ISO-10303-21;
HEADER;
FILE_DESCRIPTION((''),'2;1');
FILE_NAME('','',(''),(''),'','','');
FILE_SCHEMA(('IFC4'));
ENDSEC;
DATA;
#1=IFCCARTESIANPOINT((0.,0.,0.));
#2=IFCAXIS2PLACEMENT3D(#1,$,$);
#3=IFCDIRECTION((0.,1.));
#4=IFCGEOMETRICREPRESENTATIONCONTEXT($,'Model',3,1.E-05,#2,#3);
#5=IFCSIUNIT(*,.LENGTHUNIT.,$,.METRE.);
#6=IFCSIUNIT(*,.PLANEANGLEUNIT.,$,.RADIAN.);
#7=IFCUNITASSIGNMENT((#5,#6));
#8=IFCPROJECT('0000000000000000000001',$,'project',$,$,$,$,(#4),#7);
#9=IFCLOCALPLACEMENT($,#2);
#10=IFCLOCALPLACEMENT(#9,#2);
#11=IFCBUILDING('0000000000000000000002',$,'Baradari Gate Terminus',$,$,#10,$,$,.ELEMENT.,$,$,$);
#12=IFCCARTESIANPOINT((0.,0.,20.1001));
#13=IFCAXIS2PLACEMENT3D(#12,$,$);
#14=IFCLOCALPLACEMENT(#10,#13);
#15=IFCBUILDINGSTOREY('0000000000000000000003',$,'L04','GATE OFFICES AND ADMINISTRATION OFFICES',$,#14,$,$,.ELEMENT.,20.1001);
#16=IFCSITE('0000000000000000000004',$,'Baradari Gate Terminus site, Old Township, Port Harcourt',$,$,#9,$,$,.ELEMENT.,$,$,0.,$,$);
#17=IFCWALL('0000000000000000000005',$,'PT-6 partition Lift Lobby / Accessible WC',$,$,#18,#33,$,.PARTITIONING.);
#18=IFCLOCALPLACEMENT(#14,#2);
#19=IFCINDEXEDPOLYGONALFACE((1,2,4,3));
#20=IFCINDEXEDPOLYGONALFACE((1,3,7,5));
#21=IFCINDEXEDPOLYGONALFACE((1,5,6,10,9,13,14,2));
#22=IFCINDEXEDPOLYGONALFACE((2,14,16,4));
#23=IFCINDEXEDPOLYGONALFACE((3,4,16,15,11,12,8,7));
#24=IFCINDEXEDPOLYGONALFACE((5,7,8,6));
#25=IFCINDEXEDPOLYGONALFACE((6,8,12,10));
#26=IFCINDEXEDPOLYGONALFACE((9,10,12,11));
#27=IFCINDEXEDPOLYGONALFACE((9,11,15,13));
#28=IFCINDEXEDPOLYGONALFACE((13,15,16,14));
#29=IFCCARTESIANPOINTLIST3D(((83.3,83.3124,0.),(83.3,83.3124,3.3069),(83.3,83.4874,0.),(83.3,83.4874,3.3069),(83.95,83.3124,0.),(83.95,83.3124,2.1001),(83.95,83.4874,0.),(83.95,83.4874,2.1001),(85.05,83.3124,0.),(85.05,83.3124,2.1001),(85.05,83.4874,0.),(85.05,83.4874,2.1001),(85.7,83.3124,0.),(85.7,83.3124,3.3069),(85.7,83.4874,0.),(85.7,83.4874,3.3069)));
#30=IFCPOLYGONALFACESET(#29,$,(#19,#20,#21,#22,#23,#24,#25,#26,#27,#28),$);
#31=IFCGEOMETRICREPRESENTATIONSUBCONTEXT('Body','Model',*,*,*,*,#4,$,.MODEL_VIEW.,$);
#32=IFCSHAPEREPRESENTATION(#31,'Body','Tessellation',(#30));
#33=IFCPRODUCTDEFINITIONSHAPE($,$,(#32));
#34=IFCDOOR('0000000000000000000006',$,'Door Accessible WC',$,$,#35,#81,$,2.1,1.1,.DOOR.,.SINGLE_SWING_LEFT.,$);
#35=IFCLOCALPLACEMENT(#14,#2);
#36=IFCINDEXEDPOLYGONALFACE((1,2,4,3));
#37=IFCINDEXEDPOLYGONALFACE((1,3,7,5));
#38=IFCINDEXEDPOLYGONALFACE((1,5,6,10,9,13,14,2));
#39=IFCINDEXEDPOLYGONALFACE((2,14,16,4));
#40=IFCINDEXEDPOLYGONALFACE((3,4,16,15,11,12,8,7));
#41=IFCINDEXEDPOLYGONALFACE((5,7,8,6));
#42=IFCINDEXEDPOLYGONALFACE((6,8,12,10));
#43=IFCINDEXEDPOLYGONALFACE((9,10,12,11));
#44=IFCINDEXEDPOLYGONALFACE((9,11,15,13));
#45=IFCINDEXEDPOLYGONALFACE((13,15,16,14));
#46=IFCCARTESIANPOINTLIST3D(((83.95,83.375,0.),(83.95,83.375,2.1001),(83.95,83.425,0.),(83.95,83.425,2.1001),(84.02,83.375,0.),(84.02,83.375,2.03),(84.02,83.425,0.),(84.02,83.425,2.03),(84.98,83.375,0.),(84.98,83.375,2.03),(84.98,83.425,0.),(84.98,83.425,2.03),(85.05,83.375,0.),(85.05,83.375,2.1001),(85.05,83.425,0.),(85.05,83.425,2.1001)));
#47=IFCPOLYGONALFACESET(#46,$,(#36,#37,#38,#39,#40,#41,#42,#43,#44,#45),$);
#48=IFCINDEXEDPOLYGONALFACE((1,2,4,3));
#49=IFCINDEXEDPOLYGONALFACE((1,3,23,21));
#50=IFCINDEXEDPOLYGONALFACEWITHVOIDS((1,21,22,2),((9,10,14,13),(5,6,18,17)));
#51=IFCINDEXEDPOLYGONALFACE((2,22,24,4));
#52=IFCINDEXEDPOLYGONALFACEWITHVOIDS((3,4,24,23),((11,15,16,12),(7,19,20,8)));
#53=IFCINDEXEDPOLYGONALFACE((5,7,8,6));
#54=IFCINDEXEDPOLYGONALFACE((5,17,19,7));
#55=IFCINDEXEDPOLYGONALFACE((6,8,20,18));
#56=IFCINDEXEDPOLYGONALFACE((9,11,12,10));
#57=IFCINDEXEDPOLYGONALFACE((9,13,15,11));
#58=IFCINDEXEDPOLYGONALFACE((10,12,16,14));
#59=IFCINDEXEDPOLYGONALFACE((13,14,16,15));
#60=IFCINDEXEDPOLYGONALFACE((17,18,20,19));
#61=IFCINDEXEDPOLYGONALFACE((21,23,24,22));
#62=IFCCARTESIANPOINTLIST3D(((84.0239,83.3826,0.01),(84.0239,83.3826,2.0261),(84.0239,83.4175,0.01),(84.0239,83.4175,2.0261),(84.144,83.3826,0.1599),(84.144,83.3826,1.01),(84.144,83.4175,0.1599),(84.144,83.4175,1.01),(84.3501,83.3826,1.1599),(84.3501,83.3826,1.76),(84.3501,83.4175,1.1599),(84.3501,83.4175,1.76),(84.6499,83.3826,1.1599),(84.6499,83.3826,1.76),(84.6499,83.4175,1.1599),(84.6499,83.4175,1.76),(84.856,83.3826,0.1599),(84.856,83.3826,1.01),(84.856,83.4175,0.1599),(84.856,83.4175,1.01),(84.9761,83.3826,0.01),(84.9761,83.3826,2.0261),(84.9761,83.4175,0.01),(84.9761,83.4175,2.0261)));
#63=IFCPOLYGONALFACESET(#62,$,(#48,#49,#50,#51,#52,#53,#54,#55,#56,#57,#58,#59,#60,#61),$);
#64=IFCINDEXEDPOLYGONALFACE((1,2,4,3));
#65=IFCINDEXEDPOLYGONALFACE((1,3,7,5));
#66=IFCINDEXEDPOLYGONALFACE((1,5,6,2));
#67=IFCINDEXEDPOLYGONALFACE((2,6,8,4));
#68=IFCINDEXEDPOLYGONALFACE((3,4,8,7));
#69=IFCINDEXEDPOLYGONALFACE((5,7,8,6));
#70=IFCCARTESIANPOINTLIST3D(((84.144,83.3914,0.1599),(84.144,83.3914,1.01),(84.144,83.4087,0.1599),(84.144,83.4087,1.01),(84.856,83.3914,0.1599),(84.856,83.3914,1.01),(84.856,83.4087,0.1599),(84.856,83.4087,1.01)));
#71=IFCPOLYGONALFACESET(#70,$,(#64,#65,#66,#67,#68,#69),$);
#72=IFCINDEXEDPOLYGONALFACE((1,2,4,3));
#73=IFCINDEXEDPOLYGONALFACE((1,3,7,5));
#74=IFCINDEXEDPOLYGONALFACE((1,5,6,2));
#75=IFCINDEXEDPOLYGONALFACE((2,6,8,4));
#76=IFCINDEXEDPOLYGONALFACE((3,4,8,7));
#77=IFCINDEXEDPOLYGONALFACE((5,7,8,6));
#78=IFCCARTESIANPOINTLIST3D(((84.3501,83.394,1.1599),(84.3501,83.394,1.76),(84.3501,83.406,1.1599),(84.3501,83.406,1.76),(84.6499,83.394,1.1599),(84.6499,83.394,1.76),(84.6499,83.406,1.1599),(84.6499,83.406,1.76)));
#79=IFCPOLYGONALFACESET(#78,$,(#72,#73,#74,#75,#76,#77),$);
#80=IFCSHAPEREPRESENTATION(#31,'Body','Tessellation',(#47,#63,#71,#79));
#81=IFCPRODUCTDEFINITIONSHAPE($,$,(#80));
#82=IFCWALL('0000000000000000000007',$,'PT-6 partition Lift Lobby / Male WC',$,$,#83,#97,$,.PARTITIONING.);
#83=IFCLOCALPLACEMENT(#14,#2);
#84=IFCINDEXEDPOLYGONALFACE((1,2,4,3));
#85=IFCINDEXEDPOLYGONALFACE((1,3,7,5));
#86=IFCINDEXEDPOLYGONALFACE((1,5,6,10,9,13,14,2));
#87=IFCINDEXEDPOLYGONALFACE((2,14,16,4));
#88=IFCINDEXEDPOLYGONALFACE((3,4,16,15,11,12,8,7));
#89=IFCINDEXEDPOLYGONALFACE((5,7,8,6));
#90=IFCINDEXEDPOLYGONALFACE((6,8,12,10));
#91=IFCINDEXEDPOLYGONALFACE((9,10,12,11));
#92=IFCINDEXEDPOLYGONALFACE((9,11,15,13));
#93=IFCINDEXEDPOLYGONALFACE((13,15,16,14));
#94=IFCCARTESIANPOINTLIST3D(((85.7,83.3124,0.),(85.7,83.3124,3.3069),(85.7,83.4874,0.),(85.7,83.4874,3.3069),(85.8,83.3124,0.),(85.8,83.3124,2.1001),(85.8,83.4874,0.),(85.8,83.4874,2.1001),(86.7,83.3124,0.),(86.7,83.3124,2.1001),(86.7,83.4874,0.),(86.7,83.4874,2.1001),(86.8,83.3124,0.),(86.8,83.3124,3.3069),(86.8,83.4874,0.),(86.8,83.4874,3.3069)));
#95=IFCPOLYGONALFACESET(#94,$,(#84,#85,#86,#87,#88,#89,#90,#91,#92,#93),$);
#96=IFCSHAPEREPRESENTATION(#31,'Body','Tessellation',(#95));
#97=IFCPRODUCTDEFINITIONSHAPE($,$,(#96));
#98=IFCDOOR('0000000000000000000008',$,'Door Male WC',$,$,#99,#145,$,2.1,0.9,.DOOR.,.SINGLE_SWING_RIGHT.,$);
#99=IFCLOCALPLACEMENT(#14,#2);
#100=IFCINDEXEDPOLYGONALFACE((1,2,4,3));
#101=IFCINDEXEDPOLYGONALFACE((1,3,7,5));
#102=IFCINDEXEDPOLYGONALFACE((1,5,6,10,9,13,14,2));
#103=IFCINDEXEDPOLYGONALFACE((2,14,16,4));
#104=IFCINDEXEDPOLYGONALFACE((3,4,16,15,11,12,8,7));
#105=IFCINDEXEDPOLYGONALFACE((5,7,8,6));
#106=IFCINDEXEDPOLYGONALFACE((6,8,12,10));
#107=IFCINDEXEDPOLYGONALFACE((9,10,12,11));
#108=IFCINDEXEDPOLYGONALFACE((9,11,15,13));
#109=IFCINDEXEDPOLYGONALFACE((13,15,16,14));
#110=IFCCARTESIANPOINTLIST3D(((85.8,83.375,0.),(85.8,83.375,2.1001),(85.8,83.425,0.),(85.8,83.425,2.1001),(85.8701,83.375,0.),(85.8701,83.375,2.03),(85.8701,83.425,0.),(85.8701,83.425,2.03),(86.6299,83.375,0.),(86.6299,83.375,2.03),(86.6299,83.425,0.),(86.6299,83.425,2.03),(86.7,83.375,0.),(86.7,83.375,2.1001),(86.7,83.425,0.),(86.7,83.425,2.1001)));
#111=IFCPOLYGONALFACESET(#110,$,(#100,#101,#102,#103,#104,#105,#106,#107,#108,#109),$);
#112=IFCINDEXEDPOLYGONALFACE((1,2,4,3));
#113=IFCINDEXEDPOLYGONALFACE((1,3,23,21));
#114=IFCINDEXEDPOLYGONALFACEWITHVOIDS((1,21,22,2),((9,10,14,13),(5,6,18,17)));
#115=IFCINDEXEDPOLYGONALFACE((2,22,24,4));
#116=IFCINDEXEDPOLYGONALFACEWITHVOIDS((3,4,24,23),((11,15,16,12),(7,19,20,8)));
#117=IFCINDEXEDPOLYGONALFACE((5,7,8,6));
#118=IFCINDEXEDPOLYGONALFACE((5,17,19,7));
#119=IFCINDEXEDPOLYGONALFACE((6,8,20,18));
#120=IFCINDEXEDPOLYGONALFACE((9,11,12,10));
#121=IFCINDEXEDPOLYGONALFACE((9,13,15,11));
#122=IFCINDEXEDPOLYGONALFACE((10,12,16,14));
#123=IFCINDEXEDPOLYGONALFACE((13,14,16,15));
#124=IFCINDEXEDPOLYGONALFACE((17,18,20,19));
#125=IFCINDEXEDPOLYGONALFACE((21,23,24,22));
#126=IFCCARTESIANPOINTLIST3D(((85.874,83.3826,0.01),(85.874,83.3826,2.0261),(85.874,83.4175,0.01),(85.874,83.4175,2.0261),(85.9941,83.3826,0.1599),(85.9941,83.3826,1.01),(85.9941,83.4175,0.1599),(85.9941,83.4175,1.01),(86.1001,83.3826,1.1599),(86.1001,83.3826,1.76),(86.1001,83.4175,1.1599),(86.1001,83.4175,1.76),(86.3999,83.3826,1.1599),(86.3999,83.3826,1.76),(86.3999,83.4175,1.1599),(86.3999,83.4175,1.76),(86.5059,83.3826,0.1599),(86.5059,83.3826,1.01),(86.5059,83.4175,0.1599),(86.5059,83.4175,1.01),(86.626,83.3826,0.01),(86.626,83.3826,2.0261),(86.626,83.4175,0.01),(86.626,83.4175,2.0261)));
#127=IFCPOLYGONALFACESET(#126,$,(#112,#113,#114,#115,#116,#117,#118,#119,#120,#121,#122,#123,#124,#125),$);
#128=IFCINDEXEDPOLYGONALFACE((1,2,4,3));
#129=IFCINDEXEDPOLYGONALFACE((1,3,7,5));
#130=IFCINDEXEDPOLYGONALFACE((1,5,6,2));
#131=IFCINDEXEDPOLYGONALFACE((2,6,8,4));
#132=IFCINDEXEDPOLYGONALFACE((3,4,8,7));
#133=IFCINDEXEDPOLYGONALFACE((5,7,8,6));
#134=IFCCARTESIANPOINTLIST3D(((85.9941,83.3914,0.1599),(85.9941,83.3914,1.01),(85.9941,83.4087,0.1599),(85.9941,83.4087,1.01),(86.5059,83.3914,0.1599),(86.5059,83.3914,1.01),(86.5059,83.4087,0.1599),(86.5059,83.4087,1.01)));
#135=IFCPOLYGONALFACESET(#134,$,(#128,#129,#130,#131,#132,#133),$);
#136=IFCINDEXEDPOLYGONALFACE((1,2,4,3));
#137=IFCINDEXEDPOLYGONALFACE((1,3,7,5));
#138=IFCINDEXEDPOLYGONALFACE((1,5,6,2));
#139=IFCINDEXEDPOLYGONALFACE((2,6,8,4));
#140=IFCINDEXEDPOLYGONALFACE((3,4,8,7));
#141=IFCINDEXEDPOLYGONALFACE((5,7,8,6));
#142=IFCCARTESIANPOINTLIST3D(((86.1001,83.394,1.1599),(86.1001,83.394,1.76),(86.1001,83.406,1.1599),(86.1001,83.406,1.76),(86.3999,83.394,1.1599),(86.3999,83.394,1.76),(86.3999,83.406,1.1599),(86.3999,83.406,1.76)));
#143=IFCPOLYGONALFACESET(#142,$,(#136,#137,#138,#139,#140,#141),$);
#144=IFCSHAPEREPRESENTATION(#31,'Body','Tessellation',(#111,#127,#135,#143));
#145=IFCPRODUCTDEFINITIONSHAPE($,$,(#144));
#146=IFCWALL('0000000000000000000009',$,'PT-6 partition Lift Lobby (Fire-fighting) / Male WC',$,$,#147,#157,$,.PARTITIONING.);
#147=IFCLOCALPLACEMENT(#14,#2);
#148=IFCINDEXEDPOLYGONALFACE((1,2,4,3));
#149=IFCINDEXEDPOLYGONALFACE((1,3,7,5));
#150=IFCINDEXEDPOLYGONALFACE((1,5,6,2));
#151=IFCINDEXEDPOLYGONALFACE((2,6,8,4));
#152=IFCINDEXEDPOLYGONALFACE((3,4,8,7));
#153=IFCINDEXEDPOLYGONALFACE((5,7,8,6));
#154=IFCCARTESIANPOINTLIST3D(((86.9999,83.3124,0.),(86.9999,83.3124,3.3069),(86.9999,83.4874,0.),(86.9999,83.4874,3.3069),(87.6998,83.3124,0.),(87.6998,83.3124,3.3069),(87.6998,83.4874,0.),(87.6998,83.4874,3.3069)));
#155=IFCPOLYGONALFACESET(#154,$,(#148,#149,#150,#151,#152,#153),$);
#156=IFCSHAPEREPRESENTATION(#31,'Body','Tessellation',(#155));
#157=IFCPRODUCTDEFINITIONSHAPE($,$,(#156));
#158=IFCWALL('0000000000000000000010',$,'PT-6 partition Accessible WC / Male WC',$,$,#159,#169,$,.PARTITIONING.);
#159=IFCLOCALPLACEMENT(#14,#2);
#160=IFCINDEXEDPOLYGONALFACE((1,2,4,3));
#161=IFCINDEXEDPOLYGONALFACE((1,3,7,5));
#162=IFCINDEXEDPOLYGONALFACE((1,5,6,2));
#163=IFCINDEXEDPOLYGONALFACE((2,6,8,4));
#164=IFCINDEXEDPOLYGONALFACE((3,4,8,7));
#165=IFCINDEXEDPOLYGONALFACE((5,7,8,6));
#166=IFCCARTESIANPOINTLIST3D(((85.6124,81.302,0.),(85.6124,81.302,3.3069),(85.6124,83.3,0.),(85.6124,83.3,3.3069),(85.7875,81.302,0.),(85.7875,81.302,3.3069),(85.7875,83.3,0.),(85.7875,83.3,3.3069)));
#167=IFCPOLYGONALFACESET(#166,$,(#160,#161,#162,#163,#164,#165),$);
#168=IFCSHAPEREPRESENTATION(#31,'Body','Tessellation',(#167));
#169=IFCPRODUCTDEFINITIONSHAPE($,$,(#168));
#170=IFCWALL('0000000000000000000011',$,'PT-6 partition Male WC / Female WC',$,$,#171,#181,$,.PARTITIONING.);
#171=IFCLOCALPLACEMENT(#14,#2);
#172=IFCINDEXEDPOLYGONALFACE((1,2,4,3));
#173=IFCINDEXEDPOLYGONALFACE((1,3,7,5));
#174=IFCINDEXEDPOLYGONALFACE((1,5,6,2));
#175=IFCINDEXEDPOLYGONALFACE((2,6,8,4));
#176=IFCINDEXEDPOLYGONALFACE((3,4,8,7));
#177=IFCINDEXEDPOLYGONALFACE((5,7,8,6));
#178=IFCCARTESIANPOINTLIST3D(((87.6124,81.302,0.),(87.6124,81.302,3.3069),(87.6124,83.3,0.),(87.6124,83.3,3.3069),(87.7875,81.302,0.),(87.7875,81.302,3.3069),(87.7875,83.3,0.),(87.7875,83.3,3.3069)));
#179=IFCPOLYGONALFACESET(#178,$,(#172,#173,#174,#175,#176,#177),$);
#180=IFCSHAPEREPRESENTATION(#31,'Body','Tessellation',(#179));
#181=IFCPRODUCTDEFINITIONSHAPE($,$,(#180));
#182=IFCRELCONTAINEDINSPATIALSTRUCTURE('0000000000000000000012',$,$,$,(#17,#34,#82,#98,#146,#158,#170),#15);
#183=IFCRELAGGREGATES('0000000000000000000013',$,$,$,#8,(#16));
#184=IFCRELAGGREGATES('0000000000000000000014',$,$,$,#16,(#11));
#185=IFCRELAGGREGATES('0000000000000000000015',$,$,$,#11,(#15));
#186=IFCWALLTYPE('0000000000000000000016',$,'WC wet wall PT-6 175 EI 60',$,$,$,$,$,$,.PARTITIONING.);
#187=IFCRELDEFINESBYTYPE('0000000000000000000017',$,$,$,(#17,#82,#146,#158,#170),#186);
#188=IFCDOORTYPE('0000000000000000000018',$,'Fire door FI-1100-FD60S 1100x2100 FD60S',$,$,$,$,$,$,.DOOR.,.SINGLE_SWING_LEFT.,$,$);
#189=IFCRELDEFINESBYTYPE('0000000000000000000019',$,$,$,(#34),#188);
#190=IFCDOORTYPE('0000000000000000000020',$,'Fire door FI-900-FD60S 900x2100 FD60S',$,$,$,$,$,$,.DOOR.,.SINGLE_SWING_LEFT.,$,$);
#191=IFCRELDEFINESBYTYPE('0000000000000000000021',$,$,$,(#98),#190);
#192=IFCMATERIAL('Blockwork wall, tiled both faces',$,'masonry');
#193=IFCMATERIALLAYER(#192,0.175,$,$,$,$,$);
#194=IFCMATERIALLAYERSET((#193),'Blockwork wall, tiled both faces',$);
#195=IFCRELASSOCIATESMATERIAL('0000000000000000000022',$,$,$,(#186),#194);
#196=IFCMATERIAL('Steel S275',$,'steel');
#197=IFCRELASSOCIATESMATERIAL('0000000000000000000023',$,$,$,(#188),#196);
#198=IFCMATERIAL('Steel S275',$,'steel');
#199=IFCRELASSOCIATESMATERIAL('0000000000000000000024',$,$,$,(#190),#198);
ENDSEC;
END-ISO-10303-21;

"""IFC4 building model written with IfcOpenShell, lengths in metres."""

from ifc_helpers import new_model, si_unit, direction, frame, frame_2d, origin, place, context, subcontext, project, spatial, polyline, rectangle, outline, extrude, material, layer, layer_set, type_object, element, fill, save


model = new_model("IFC4")

# Units and contexts
model_context = context("Model", 3, precision=1e-05, world=origin(), true_north=direction((0.0, 1.0)))
body_context = subcontext(model_context, "Body", "Model", "MODEL_VIEW")
ifc_project = project(units=[si_unit("LENGTHUNIT", "METRE"), si_unit("PLANEANGLEUNIT", "RADIAN")], contexts=[model_context])

# Site, building, storey
site_placement = place(None, origin())
site = spatial("IfcSite", under=ifc_project, at=site_placement, Name="Baradari Gate Terminus site, Old Township, Port Harcourt", CompositionType="ELEMENT", RefElevation=0.0)
building_placement = place(site_placement, origin())
building = spatial("IfcBuilding", under=site, at=building_placement, Name="Baradari Gate Terminus", CompositionType="ELEMENT")
storey_placement = place(building_placement, frame((0.0, 0.0, 20.1001)))
storey = spatial("IfcBuildingStorey", under=building, at=storey_placement, Name="L04", Description="GATE OFFICES AND ADMINISTRATION OFFICES", CompositionType="ELEMENT", Elevation=20.1001)

# Walls, openings, doors
ifc_material_1 = material(Name="Blockwork wall, tiled both faces", Category="masonry")
ifc_layer_1 = layer(ifc_material_1, 0.175)
ifc_layer_set_1 = layer_set([ifc_layer_1], Name="Blockwork wall, tiled both faces")
wall_type_1 = type_object("IfcWallType", Name="WC wet wall PT-6 175 EI 60", PredefinedType="PARTITIONING", material=ifc_layer_set_1)
wall_1_placement = place(storey_placement, frame((85.7, 83.3999, 0.0), z_axis=(0.0, 0.0, 1.0), x_axis=(-1.0, 0.0, 0.0)))
wall_1 = element("IfcWall", 1, at=wall_1_placement, inside=storey, type_object=wall_type_1, Name="PT-6 partition Lift Lobby / Accessible WC", PredefinedType="PARTITIONING", context=body_context, shape_type="SweptSolid", body=[
    extrude(rectangle(XDim=2.3999, YDim=0.175, at=frame_2d((1.2, 0.0))), origin(), (0.0, 0.0, 1.0), 3.3069),
])
opening_1_placement = place(wall_1_placement, frame((0.6499, 0.0, 0.0)))
opening_1 = element("IfcOpeningElement", 2, at=opening_1_placement, cuts=wall_1, PredefinedType="OPENING", context=body_context, shape_type="SweptSolid", body=[
    extrude(rectangle(XDim=1.1001, YDim=2.1001, at=frame_2d((0.55, 1.05))), frame((0.0, 0.0974, 0.0), z_axis=(0.0, -1.0, 0.0), x_axis=(1.0, 0.0, 0.0)), (0.0, 0.0, 1.0), 0.1951),
])
ifc_material_2 = material(Name="Steel S275", Category="steel")
door_type_1 = type_object("IfcDoorType", Name="Fire door FI-1100-FD60S 1100x2100 FD60S", OperationType="SINGLE_SWING_LEFT", PredefinedType="DOOR", material=ifc_material_2)
door_1_placement = place(opening_1_placement, origin())
door_1 = element("IfcDoor", 3, at=door_1_placement, inside=storey, type_object=door_type_1, Name="Door Accessible WC", OperationType="SINGLE_SWING_LEFT", OverallHeight=2.1, OverallWidth=1.1, PredefinedType="DOOR", context=body_context, shape_type="SweptSolid", body=[
    extrude(outline(polyline([(0.0, 0.0), (0.0701, 0.0), (0.0701, 2.03), (1.03, 2.03), (1.03, 0.0), (1.1001, 0.0), (1.1001, 2.1001), (0.0, 2.1001), (0.0, 0.0)])), frame((0.0, 0.0249, 0.0), z_axis=(0.0, -1.0, 0.0), x_axis=(1.0, 0.0, 0.0)), (0.0, 0.0, 1.0), 0.05),
    extrude(outline(polyline([(0.074, 0.01), (1.0261, 0.01), (1.0261, 2.0261), (0.074, 2.0261), (0.074, 0.01)]), holes=[polyline([(0.1941, 0.1599), (0.906, 0.1599), (0.906, 1.01), (0.1941, 1.01), (0.1941, 0.1599)]), polyline([(0.4001, 1.1599), (0.7, 1.1599), (0.7, 1.76), (0.4001, 1.76), (0.4001, 1.1599)])]), frame((0.0, 0.0173, 0.0), z_axis=(0.0, -1.0, 0.0), x_axis=(1.0, 0.0, 0.0)), (0.0, 0.0, 1.0), 0.0349),
    extrude(rectangle(XDim=0.7119, YDim=0.8501, at=frame_2d((0.55, 0.585))), frame((0.0, 0.0085, 0.0), z_axis=(0.0, -1.0, 0.0), x_axis=(1.0, 0.0, 0.0)), (0.0, 0.0, 1.0), 0.0173),
    extrude(rectangle(XDim=0.2998, YDim=0.6001, at=frame_2d((0.55, 1.46))), frame((0.0, 0.0059, 0.0), z_axis=(0.0, -1.0, 0.0), x_axis=(1.0, 0.0, 0.0)), (0.0, 0.0, 1.0), 0.012),
])
fill(opening_1, door_1)
wall_2_placement = place(storey_placement, frame((86.8, 83.3999, 0.0), z_axis=(0.0, 0.0, 1.0), x_axis=(-1.0, 0.0, 0.0)))
wall_2 = element("IfcWall", 4, at=wall_2_placement, inside=storey, type_object=wall_type_1, Name="PT-6 partition Lift Lobby / Male WC", PredefinedType="PARTITIONING", context=body_context, shape_type="SweptSolid", body=[
    extrude(rectangle(XDim=1.1001, YDim=0.175, at=frame_2d((0.55, 0.0))), origin(), (0.0, 0.0, 1.0), 3.3069),
])
opening_2_placement = place(wall_2_placement, frame((0.1001, 0.0, 0.0)))
opening_2 = element("IfcOpeningElement", 5, at=opening_2_placement, cuts=wall_2, PredefinedType="OPENING", context=body_context, shape_type="SweptSolid", body=[
    extrude(rectangle(XDim=0.8999, YDim=2.1001, at=frame_2d((0.45, 1.05))), frame((0.0, 0.0974, 0.0), z_axis=(0.0, -1.0, 0.0), x_axis=(1.0, 0.0, 0.0)), (0.0, 0.0, 1.0), 0.1951),
])
ifc_material_3 = material(Name="Steel S275", Category="steel")
door_type_2 = type_object("IfcDoorType", Name="Fire door FI-900-FD60S 900x2100 FD60S", OperationType="SINGLE_SWING_LEFT", PredefinedType="DOOR", material=ifc_material_3)
door_2_placement = place(opening_2_placement, origin())
door_2 = element("IfcDoor", 6, at=door_2_placement, inside=storey, type_object=door_type_2, Name="Door Male WC", OperationType="SINGLE_SWING_RIGHT", OverallHeight=2.1, OverallWidth=0.9, PredefinedType="DOOR", context=body_context, shape_type="SweptSolid", body=[
    extrude(outline(polyline([(0.0, 0.0), (0.0701, 0.0), (0.0701, 2.03), (0.8298, 2.03), (0.8298, 0.0), (0.8999, 0.0), (0.8999, 2.1001), (0.0, 2.1001), (0.0, 0.0)])), frame((0.0, 0.0249, 0.0), z_axis=(0.0, -1.0, 0.0), x_axis=(1.0, 0.0, 0.0)), (0.0, 0.0, 1.0), 0.05),
    extrude(outline(polyline([(0.074, 0.01), (0.8259, 0.01), (0.8259, 2.0261), (0.074, 2.0261), (0.074, 0.01)]), holes=[polyline([(0.1941, 0.1599), (0.7058, 0.1599), (0.7058, 1.01), (0.1941, 1.01), (0.1941, 0.1599)]), polyline([(0.3, 1.1599), (0.5999, 1.1599), (0.5999, 1.76), (0.3, 1.76), (0.3, 1.1599)])]), frame((0.0, 0.0173, 0.0), z_axis=(0.0, -1.0, 0.0), x_axis=(1.0, 0.0, 0.0)), (0.0, 0.0, 1.0), 0.0349),
    extrude(rectangle(XDim=0.5117, YDim=0.8501, at=frame_2d((0.45, 0.585))), frame((0.0, 0.0085, 0.0), z_axis=(0.0, -1.0, 0.0), x_axis=(1.0, 0.0, 0.0)), (0.0, 0.0, 1.0), 0.0173),
    extrude(rectangle(XDim=0.2998, YDim=0.6001, at=frame_2d((0.45, 1.46))), frame((0.0, 0.0059, 0.0), z_axis=(0.0, -1.0, 0.0), x_axis=(1.0, 0.0, 0.0)), (0.0, 0.0, 1.0), 0.012),
])
fill(opening_2, door_2)

# Walls
wall_3_placement = place(storey_placement, frame((87.7, 83.3999, 0.0), z_axis=(0.0, 0.0, 1.0), x_axis=(-1.0, 0.0, 0.0)))
element("IfcWall", 7, at=wall_3_placement, inside=storey, type_object=wall_type_1, Name="PT-6 partition Lift Lobby (Fire-fighting) / Male WC", PredefinedType="PARTITIONING", context=body_context, shape_type="SweptSolid", body=[
    extrude(rectangle(XDim=0.7, YDim=0.175, at=frame_2d((0.3501, 0.0))), origin(), (0.0, 0.0, 1.0), 3.3069),
])
for number, where, z_axis, x_axis, name in (
    (8, (85.7, 83.3, 0.0), (0.0, 0.0, 1.0), (0.0, -1.0, 0.0), "PT-6 partition Accessible WC / Male WC"),
    (9, (87.7, 83.3, 0.0), (0.0, 0.0, 1.0), (0.0, -1.0, 0.0), "PT-6 partition Male WC / Female WC"),
):
    element("IfcWall", number, at=place(storey_placement, frame(where, z_axis=z_axis, x_axis=x_axis)), inside=storey, type_object=wall_type_1, Name=name, PredefinedType="PARTITIONING", context=body_context, shape_type="SweptSolid", body=[
        extrude(rectangle(XDim=1.998, YDim=0.175, at=frame_2d((0.999, 0.0))), origin(), (0.0, 0.0, 1.0), 3.3069),
    ])

save(model, "model.ifc")
